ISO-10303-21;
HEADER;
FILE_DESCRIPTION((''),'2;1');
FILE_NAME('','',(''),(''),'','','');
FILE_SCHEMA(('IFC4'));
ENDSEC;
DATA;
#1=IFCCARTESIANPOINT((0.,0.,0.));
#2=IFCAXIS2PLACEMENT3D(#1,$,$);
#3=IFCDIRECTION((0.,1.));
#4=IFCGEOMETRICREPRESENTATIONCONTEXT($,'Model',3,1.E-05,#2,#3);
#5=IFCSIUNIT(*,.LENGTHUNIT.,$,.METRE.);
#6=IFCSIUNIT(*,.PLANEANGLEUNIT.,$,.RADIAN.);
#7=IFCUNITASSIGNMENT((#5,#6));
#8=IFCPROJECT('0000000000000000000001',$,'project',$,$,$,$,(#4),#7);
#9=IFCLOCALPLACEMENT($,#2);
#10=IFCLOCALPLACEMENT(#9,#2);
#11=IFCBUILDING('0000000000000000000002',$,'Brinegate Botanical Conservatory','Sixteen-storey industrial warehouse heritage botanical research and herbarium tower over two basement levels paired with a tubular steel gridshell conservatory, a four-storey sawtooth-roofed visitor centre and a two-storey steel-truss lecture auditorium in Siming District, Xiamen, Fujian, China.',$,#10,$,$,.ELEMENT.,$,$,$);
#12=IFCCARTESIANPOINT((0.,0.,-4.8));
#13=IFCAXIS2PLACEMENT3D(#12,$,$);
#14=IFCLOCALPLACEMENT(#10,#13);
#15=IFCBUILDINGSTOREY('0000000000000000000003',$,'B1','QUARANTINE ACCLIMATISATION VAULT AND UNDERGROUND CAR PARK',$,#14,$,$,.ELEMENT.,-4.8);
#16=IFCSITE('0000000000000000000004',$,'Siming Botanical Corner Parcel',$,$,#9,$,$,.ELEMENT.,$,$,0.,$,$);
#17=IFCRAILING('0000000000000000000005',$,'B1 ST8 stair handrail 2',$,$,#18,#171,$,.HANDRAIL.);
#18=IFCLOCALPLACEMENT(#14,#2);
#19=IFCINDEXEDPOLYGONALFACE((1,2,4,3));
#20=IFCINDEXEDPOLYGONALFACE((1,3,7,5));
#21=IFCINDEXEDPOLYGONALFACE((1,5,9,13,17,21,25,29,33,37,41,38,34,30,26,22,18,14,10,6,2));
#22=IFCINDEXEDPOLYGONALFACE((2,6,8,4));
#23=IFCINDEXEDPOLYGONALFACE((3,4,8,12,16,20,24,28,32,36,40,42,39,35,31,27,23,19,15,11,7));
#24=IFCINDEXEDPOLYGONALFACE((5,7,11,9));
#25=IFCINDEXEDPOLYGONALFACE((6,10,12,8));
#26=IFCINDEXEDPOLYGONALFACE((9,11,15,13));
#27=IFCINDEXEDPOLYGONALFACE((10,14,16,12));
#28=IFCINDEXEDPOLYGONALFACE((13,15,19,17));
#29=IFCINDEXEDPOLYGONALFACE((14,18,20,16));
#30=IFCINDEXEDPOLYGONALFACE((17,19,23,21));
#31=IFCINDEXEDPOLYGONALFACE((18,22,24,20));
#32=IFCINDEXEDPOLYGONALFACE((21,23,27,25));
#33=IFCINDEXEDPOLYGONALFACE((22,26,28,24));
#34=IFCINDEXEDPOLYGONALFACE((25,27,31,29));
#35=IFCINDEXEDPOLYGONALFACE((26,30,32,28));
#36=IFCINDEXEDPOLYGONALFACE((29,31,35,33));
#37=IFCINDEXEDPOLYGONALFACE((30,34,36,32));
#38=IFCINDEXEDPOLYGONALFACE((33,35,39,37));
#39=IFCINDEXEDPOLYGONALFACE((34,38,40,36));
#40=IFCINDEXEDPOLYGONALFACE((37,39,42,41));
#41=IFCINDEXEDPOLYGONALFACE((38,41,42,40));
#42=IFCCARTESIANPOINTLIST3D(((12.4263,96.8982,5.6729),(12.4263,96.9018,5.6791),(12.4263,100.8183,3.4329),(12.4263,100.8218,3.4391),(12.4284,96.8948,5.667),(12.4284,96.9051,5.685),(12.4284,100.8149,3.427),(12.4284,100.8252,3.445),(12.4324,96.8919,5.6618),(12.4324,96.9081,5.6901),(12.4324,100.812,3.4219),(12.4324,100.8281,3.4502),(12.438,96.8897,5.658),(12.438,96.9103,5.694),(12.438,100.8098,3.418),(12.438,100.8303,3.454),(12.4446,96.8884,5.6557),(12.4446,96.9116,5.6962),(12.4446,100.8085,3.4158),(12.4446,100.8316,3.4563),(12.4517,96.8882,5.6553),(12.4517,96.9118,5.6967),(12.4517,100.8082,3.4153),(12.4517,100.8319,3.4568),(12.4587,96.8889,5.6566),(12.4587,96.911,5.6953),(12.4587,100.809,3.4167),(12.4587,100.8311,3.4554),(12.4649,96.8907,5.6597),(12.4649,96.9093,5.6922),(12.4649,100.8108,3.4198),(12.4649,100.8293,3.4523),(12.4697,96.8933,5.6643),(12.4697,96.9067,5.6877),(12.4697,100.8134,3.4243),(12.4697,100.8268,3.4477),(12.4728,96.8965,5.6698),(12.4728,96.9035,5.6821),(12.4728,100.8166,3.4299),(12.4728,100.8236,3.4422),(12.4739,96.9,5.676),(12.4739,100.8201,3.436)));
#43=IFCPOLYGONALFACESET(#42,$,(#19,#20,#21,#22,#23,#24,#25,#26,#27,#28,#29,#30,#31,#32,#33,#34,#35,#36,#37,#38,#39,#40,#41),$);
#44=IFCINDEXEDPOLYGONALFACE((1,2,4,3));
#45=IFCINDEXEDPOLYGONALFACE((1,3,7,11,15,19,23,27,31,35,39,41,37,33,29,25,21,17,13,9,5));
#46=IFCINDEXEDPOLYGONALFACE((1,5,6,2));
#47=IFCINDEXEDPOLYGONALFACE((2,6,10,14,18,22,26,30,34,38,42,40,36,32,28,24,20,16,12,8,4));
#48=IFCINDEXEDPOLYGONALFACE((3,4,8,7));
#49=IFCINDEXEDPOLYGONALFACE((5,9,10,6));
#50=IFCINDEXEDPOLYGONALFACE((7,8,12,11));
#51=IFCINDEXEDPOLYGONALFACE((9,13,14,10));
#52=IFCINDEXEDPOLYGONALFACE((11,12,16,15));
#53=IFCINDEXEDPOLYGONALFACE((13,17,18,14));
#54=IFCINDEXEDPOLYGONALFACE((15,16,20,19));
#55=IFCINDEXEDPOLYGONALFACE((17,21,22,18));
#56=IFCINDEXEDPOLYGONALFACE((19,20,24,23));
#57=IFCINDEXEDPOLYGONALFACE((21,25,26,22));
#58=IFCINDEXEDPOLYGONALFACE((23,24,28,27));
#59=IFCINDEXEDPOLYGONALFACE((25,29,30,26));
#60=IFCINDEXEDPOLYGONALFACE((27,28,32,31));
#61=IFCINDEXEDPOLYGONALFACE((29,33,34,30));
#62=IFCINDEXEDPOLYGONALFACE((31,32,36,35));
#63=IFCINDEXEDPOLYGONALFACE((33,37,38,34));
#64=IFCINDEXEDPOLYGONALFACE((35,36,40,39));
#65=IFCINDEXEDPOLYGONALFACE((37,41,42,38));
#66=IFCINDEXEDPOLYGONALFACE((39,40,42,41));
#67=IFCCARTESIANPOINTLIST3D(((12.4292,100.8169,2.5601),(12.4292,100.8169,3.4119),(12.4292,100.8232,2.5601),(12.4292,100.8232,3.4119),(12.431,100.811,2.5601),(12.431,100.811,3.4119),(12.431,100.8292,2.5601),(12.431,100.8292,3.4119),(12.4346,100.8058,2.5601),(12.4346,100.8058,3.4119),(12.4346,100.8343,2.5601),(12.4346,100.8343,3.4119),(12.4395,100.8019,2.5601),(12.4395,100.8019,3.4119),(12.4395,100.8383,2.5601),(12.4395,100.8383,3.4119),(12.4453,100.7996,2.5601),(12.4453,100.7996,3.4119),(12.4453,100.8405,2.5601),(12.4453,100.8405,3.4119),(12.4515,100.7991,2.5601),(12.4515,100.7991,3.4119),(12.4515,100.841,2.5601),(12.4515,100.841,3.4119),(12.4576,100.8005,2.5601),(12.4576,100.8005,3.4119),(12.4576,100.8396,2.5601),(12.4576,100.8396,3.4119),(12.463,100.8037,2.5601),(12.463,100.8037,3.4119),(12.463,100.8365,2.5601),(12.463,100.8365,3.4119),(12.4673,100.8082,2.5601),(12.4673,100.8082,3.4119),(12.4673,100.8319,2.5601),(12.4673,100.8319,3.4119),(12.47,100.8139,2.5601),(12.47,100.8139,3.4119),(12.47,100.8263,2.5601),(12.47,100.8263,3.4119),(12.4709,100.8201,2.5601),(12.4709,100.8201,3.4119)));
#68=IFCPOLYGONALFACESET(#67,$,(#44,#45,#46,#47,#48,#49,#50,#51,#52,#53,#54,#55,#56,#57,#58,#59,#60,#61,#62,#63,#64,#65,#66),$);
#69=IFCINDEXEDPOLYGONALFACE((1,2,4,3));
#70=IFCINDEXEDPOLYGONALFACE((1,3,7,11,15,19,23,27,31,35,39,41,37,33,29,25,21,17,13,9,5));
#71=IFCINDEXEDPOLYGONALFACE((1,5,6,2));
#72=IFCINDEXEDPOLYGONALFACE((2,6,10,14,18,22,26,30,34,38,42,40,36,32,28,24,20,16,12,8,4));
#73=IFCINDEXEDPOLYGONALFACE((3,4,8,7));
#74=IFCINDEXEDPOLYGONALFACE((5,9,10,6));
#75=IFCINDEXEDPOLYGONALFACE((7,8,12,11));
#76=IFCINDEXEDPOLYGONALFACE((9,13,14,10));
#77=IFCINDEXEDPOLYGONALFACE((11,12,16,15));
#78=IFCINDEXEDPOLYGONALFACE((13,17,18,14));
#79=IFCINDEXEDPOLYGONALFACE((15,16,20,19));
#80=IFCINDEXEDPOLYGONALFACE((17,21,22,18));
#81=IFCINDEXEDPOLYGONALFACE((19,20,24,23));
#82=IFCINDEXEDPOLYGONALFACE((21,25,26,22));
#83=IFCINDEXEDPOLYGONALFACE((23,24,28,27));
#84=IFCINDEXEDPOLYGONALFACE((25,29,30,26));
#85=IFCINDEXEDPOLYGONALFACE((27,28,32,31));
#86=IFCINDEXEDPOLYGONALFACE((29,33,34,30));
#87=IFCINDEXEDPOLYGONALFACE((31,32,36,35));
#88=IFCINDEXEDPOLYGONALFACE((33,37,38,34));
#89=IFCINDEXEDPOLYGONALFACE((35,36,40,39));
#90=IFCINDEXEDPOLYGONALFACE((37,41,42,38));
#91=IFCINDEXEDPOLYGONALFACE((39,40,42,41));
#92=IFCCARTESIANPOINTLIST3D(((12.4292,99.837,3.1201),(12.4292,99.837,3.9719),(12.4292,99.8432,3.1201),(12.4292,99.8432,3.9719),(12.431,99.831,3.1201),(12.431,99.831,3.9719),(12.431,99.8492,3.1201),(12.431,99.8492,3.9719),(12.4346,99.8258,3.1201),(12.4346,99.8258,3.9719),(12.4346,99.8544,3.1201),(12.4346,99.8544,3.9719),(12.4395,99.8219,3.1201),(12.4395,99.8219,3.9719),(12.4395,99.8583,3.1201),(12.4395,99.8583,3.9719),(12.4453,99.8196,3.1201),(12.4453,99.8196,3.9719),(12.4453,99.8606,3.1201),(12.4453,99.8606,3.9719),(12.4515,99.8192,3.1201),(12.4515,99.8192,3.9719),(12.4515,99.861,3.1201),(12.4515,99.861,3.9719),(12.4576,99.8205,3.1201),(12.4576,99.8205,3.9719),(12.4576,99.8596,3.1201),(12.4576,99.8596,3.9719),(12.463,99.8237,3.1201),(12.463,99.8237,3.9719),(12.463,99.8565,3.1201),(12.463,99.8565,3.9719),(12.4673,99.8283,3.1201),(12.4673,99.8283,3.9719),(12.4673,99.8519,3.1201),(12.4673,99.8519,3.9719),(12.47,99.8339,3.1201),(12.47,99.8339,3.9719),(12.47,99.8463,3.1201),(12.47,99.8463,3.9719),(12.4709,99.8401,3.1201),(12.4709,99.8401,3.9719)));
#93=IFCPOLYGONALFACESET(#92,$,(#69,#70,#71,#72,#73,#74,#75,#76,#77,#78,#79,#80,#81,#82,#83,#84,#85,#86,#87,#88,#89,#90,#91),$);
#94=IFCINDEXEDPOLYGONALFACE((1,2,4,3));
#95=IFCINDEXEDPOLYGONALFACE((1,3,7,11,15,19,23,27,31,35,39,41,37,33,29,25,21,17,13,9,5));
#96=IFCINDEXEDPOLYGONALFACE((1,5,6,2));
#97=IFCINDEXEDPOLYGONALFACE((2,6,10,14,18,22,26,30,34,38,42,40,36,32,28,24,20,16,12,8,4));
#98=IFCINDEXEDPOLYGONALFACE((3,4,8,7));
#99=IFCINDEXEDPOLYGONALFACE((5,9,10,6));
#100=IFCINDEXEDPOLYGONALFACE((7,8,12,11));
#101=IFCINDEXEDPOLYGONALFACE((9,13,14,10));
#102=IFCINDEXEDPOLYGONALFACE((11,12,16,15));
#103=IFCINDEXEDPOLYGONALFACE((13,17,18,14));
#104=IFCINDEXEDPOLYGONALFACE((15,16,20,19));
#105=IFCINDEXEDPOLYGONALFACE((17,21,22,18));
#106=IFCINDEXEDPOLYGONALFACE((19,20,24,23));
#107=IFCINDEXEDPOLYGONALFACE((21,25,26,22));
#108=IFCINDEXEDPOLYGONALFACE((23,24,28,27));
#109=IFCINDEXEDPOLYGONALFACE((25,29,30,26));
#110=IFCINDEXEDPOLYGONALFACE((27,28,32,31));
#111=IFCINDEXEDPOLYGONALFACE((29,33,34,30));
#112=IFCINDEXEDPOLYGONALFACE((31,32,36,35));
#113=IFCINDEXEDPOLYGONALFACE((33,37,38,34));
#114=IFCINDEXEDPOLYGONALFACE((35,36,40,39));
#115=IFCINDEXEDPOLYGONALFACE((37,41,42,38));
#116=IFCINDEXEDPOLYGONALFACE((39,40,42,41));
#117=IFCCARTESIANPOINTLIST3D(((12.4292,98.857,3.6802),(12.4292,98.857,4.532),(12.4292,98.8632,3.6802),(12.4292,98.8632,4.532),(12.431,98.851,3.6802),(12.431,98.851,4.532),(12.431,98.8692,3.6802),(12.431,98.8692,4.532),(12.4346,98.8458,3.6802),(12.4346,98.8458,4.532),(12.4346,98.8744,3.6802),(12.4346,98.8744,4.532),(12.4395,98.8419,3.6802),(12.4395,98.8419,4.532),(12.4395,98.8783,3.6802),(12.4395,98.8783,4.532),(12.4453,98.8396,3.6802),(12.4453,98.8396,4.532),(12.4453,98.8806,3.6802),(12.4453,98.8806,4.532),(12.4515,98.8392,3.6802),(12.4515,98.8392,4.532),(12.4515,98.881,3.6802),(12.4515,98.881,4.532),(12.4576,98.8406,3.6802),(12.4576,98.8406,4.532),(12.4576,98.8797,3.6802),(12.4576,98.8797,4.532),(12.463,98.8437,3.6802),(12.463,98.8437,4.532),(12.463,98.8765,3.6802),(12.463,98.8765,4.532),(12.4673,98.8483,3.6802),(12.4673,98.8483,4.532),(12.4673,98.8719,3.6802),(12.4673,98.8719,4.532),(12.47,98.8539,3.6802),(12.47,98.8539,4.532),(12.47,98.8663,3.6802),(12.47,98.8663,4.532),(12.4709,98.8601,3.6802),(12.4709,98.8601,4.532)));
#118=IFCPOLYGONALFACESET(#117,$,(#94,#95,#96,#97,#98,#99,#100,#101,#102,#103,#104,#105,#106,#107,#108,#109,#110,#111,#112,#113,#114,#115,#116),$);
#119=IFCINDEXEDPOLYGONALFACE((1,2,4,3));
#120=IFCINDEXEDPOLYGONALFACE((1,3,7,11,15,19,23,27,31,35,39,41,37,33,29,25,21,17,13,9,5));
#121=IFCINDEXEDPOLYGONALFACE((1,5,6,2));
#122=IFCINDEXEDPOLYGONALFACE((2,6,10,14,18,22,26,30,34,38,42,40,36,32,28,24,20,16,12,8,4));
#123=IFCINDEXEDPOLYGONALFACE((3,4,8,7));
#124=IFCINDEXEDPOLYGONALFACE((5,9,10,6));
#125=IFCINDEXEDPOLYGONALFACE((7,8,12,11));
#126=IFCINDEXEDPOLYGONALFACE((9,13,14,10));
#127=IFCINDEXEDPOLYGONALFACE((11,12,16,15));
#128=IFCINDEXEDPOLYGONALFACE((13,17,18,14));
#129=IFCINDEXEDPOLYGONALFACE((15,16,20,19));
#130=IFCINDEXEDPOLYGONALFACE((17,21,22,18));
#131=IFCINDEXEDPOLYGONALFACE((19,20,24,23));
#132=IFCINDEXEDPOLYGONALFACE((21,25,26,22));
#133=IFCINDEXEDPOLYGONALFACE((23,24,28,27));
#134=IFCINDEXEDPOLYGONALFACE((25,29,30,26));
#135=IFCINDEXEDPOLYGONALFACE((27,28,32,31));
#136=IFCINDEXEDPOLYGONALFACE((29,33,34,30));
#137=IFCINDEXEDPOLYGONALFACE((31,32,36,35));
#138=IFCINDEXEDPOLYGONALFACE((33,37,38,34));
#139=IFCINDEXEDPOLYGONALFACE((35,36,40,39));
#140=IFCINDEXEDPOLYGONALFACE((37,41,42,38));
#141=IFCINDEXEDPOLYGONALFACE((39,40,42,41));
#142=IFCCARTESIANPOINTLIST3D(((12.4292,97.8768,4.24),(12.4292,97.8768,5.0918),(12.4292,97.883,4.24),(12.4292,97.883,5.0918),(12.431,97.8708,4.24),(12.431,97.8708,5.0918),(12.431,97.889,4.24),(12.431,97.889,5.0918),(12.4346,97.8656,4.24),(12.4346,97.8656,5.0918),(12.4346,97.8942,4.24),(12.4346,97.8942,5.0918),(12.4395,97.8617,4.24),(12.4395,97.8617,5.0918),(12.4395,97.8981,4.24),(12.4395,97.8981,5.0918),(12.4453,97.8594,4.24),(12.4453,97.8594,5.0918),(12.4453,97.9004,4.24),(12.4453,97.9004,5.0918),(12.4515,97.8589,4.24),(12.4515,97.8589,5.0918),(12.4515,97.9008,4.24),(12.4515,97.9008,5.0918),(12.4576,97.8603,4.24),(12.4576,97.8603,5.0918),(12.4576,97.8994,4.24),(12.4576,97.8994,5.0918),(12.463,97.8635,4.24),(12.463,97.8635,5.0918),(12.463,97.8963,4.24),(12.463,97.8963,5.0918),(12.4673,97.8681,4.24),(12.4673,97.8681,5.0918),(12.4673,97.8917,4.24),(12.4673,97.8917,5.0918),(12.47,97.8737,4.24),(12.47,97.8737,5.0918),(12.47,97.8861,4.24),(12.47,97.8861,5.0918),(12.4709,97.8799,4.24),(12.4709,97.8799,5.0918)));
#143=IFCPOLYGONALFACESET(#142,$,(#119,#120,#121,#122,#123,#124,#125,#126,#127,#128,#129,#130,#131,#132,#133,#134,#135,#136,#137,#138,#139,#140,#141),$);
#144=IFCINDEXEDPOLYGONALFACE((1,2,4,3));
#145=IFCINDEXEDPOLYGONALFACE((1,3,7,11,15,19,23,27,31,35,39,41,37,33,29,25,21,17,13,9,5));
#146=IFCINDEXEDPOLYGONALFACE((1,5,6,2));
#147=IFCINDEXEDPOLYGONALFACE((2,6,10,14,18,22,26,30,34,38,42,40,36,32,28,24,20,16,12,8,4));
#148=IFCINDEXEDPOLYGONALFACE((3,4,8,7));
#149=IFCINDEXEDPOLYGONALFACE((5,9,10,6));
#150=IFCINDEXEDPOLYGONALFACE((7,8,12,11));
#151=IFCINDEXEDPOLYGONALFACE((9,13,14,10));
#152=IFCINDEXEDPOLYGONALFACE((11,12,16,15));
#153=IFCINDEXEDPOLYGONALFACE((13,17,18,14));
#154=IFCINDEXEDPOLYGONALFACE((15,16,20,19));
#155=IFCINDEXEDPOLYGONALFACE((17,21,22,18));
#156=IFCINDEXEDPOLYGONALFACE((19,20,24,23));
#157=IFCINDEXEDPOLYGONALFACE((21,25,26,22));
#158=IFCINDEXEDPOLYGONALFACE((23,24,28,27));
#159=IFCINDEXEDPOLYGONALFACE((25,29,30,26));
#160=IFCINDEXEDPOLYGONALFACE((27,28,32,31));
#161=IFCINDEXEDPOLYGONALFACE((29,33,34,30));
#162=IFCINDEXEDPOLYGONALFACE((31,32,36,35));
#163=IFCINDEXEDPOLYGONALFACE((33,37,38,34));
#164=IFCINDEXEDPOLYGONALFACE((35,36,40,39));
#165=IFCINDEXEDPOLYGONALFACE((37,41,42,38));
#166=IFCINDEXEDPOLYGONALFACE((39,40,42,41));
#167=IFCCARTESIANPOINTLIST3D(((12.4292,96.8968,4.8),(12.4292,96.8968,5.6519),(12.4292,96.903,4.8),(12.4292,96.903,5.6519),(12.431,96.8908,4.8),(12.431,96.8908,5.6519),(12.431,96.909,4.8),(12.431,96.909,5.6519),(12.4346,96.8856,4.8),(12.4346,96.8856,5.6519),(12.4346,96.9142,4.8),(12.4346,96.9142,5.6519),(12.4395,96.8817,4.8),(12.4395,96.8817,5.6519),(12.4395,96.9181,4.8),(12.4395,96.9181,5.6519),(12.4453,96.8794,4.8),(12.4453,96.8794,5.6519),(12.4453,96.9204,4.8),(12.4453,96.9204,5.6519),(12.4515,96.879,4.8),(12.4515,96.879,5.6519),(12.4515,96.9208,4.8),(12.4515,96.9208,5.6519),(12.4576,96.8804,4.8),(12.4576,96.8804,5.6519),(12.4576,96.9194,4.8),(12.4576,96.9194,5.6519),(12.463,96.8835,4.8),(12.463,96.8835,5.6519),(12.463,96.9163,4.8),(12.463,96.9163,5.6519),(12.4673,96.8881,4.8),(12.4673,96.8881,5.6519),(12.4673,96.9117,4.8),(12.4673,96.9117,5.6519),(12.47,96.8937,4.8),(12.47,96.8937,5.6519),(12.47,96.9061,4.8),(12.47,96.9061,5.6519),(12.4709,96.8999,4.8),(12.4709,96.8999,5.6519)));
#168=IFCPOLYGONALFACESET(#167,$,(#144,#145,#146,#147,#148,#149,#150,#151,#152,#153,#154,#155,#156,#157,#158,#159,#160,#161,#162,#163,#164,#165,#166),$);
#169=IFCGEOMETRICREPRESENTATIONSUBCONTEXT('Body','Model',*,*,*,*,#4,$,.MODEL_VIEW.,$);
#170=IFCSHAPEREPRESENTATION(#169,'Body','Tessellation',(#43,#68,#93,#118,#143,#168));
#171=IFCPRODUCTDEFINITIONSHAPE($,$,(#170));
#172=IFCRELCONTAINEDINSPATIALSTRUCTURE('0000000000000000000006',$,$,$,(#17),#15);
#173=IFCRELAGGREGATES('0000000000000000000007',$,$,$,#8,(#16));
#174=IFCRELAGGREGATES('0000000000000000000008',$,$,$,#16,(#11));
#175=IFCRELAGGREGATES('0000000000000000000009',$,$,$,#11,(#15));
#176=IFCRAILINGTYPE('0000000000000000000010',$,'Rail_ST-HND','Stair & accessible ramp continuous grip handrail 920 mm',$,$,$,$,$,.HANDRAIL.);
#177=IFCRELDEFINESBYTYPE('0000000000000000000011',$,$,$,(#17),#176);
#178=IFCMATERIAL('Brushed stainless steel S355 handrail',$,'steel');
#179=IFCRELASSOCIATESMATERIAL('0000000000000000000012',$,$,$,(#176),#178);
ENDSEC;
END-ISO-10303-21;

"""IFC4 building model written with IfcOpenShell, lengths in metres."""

from ifc_helpers import new_model, si_unit, direction, frame, origin, origin_2d, place, context, subcontext, project, spatial, circle, extrude, material, type_object, element, save


model = new_model("IFC4")

# Units and contexts
model_context = context("Model", 3, precision=1e-05, world=origin(), true_north=direction((0.0, 1.0)))
body_context = subcontext(model_context, "Body", "Model", "MODEL_VIEW")
ifc_project = project(units=[si_unit("LENGTHUNIT", "METRE"), si_unit("PLANEANGLEUNIT", "RADIAN")], contexts=[model_context])

# Site, building, storey
site_placement = place(None, origin())
site = spatial("IfcSite", under=ifc_project, at=site_placement, Name="Siming Botanical Corner Parcel", CompositionType="ELEMENT", RefElevation=0.0)
building_placement = place(site_placement, origin())
building = spatial("IfcBuilding", under=site, at=building_placement, Name="Brinegate Botanical Conservatory", Description="Sixteen-storey industrial warehouse heritage botanical research and herbarium tower over two basement levels paired with a tubular steel gridshell conservatory, a four-storey sawtooth-roofed visitor centre and a two-storey steel-truss lecture auditorium in Siming District, Xiamen, Fujian, China.", CompositionType="ELEMENT")
storey_placement = place(building_placement, frame((0.0, 0.0, -4.8)))
storey = spatial("IfcBuildingStorey", under=building, at=storey_placement, Name="B1", Description="QUARANTINE ACCLIMATISATION VAULT AND UNDERGROUND CAR PARK", CompositionType="ELEMENT", Elevation=-4.8)

# Railing
ifc_material_1 = material(Name="Brushed stainless steel S355 handrail", Category="steel")
railing_type_1 = type_object("IfcRailingType", Name="Rail_ST-HND", Description="Stair & accessible ramp continuous grip handrail 920 mm", PredefinedType="HANDRAIL", material=ifc_material_1)
railing_1_placement = place(storey_placement, frame((12.45, 100.8201, 2.5601)))
element("IfcRailing", 1, at=railing_1_placement, inside=storey, type_object=railing_type_1, Name="B1 ST8 stair handrail 2", PredefinedType="HANDRAIL", context=body_context, shape_type="SweptSolid", body=[
    extrude(circle(Radius=0.0239, at=origin_2d()), frame((0.0, 0.0, 0.876), z_axis=(0.0, -0.868253, 0.496121), x_axis=(1.0, 0.0, 0.0)), (0.0, 0.0, 1.0), 4.5149),
    extrude(circle(Radius=0.021, at=origin_2d()), origin(), (0.0, 0.0, 1.0), 0.8518),
    extrude(circle(Radius=0.021, at=origin_2d()), frame((0.0, -0.98, 0.5601)), (0.0, 0.0, 1.0), 0.8518),
    extrude(circle(Radius=0.021, at=origin_2d()), frame((0.0, -1.96, 1.1201)), (0.0, 0.0, 1.0), 0.8518),
    extrude(circle(Radius=0.021, at=origin_2d()), frame((0.0, -2.9402, 1.6799)), (0.0, 0.0, 1.0), 0.8518),
    extrude(circle(Radius=0.021, at=origin_2d()), frame((0.0, -3.9202, 2.24)), (0.0, 0.0, 1.0), 0.8518),
])

save(model, "model.ifc")
